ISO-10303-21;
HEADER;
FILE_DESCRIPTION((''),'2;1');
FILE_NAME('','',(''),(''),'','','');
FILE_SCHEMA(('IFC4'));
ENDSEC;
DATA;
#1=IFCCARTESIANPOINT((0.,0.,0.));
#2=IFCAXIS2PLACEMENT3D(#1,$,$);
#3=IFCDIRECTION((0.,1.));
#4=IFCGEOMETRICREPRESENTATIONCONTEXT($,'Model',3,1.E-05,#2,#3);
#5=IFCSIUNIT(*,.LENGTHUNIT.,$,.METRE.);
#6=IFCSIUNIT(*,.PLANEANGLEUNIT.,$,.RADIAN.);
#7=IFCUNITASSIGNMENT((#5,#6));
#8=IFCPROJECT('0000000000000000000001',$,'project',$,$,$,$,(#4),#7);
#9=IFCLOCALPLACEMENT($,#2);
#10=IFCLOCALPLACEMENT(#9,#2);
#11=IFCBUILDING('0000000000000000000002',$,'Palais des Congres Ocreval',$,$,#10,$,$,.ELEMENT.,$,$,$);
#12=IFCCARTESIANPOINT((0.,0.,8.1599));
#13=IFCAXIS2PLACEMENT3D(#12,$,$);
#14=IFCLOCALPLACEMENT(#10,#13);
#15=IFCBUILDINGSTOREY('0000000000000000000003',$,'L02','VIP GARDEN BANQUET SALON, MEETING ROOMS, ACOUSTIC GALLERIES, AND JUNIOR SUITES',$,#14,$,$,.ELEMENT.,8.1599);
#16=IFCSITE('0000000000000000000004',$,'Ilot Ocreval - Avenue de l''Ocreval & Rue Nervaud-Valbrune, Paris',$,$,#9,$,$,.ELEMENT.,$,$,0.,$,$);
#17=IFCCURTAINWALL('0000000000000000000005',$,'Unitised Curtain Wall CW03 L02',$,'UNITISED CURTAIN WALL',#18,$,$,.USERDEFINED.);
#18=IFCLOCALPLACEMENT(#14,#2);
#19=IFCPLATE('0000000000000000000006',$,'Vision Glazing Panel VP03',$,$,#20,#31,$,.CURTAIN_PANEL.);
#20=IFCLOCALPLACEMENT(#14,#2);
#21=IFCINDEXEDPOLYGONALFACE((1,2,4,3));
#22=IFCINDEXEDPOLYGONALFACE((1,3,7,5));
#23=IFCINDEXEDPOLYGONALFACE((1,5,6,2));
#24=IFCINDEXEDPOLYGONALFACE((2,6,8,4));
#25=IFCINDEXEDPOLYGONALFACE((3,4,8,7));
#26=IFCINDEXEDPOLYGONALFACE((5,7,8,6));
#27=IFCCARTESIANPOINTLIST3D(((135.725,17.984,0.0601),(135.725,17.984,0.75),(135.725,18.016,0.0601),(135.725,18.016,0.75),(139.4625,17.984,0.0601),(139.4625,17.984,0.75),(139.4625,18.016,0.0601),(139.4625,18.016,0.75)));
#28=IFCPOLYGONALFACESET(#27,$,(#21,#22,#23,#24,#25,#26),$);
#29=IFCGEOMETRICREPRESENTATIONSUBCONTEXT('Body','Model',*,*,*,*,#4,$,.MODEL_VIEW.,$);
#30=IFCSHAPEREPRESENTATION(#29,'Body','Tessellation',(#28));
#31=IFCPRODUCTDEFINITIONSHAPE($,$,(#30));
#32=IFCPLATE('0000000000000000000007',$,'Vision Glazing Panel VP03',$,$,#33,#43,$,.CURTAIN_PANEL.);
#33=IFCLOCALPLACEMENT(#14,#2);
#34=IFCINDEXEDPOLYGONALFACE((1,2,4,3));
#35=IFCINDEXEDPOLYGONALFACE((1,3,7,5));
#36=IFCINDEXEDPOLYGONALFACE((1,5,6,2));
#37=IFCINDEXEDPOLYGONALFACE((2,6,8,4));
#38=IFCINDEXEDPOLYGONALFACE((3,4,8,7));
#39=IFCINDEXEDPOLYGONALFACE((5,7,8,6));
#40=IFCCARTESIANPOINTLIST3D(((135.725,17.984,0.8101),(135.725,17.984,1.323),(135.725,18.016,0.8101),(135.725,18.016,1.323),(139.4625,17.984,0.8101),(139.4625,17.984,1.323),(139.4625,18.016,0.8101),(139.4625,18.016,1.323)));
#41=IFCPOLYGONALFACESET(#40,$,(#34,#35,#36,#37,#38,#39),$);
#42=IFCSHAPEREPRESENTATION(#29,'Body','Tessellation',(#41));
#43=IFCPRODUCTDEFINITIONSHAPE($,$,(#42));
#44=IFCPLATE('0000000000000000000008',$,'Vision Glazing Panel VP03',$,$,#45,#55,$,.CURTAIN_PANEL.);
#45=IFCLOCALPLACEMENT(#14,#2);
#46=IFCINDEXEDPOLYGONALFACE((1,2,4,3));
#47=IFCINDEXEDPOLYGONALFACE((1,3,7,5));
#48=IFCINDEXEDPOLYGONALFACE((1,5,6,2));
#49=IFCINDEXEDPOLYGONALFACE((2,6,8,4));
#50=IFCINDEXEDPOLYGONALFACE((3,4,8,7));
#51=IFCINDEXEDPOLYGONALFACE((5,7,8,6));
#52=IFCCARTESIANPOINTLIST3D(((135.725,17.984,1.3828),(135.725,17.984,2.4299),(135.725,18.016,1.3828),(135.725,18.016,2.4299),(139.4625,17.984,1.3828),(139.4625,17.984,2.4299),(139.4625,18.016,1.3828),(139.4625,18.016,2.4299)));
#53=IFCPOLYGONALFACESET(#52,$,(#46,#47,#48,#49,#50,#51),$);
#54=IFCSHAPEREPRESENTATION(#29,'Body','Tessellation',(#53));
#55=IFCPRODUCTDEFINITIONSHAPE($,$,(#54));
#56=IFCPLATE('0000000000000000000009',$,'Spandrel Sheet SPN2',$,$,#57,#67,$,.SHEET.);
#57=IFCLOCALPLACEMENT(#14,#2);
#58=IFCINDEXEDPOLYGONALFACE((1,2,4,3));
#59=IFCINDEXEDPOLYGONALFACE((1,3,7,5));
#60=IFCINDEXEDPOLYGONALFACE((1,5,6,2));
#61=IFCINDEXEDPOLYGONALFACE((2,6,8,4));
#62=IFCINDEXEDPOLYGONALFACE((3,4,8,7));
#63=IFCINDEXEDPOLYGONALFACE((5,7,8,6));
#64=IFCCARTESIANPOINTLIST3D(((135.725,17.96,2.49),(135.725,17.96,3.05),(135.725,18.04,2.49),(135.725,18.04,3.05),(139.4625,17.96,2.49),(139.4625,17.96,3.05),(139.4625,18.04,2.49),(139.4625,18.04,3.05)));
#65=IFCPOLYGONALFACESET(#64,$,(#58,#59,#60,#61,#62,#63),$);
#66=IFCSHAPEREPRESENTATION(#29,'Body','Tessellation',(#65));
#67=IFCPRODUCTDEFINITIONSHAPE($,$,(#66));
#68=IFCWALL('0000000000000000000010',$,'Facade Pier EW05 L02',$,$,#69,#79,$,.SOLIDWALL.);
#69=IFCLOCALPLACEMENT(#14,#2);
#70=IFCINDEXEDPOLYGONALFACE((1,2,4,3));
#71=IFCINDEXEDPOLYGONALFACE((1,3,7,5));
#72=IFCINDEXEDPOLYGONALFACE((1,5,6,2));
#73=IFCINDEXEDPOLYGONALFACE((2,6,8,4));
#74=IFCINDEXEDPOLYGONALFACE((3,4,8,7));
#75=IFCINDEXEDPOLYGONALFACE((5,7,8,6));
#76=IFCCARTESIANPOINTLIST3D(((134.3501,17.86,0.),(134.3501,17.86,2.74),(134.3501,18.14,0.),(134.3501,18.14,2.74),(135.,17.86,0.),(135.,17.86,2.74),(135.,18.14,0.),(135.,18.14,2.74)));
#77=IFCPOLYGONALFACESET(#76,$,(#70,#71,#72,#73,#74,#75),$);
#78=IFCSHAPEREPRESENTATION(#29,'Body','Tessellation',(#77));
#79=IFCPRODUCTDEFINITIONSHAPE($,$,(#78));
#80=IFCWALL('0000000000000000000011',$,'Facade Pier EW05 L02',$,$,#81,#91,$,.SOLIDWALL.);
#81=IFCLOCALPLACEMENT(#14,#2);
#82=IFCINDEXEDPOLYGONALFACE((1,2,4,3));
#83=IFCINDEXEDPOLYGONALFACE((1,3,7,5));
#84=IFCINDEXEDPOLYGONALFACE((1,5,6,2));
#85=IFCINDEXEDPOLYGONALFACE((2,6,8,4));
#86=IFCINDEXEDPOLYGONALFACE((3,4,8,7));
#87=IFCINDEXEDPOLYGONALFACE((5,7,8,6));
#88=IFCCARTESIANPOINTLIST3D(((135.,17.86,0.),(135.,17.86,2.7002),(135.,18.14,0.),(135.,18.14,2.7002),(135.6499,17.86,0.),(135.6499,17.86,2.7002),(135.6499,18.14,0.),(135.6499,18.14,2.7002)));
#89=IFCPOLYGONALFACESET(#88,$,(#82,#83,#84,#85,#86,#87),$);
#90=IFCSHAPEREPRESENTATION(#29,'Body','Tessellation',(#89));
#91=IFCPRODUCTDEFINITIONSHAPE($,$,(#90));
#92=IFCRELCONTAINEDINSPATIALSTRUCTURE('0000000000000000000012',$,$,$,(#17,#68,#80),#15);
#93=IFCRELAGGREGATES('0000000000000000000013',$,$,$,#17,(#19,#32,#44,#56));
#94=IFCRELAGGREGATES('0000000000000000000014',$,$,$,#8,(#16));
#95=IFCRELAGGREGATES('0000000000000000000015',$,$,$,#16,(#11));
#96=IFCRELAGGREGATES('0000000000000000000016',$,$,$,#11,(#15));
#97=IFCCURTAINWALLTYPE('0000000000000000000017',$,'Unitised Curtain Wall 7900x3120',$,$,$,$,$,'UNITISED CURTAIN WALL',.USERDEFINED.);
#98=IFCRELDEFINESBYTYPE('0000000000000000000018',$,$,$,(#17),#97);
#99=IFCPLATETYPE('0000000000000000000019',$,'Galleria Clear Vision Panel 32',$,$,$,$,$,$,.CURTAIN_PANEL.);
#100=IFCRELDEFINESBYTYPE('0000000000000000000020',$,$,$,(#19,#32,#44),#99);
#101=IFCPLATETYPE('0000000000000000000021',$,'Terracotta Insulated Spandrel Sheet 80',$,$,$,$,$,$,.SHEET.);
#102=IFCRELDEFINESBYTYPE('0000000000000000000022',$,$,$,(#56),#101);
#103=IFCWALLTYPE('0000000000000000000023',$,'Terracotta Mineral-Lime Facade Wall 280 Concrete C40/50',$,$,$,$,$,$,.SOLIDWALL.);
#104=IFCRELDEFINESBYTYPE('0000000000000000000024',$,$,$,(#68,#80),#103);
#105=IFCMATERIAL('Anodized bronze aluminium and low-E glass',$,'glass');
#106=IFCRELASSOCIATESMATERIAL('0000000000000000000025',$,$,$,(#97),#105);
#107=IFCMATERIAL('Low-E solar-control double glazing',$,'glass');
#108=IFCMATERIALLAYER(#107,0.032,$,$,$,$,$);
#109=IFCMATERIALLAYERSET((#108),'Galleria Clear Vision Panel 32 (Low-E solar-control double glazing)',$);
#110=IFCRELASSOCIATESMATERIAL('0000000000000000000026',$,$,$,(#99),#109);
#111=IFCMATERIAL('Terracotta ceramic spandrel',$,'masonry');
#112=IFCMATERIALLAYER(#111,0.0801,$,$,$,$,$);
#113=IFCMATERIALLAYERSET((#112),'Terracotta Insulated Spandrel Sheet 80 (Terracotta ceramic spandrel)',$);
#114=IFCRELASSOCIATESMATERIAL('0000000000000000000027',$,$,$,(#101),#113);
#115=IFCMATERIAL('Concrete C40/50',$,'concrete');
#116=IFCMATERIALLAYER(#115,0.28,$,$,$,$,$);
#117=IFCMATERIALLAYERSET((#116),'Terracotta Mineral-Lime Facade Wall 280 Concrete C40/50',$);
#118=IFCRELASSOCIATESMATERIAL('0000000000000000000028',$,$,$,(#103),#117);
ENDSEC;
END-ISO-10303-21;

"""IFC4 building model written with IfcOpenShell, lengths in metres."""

from ifc_helpers import new_model, si_unit, direction, frame, frame_2d, origin, origin_2d, place, context, subcontext, project, spatial, rectangle, extrude, material, layer, layer_set, type_object, element, aggregate, save


model = new_model("IFC4")

# Units and contexts
model_context = context("Model", 3, precision=1e-05, world=origin(), true_north=direction((0.0, 1.0)))
body_context = subcontext(model_context, "Body", "Model", "MODEL_VIEW")
ifc_project = project(units=[si_unit("LENGTHUNIT", "METRE"), si_unit("PLANEANGLEUNIT", "RADIAN")], contexts=[model_context])

# Site, building, storey
site_placement = place(None, origin())
site = spatial("IfcSite", under=ifc_project, at=site_placement, Name="Ilot Ocreval - Avenue de l'Ocreval & Rue Nervaud-Valbrune, Paris", CompositionType="ELEMENT", RefElevation=0.0)
building_placement = place(site_placement, origin())
building = spatial("IfcBuilding", under=site, at=building_placement, Name="Palais des Congres Ocreval", CompositionType="ELEMENT")
storey_placement = place(building_placement, frame((0.0, 0.0, 8.1599)))
storey = spatial("IfcBuildingStorey", under=building, at=storey_placement, Name="L02", Description="VIP GARDEN BANQUET SALON, MEETING ROOMS, ACOUSTIC GALLERIES, AND JUNIOR SUITES", CompositionType="ELEMENT", Elevation=8.1599)

# Curtain wall
ifc_material_1 = material(Name="Anodized bronze aluminium and low-E glass", Category="glass")
curtain_wall_type = type_object("IfcCurtainWallType", Name="Unitised Curtain Wall 7900x3120", ElementType="UNITISED CURTAIN WALL", PredefinedType="USERDEFINED", material=ifc_material_1)
curtain_wall_1_placement = place(storey_placement, origin())
curtain_wall_1 = element("IfcCurtainWall", 1, at=curtain_wall_1_placement, inside=storey, type_object=curtain_wall_type, Name="Unitised Curtain Wall CW03 L02", ObjectType="UNITISED CURTAIN WALL", PredefinedType="USERDEFINED")

# Plates
ifc_material_2 = material(Name="Low-E solar-control double glazing", Category="glass")
ifc_layer_1 = layer(ifc_material_2, 0.032)
ifc_layer_set_1 = layer_set([ifc_layer_1], Name="Galleria Clear Vision Panel 32 (Low-E solar-control double glazing)")
plate_type_1 = type_object("IfcPlateType", Name="Galleria Clear Vision Panel 32", PredefinedType="CURTAIN_PANEL", material=ifc_layer_set_1)
plate_1_placement = place(storey_placement, frame((137.5938, 18.0, 0.0601), z_axis=(0.0, 0.0, 1.0), x_axis=(1.0, 0.0, 0.0)))
plate_1 = element("IfcPlate", 2, at=plate_1_placement, type_object=plate_type_1, Name="Vision Glazing Panel VP03", PredefinedType="CURTAIN_PANEL", context=body_context, shape_type="SweptSolid", body=[
    extrude(rectangle(XDim=3.7375, YDim=0.032, at=origin_2d()), origin(), (0.0, 0.0, 1.0), 0.6899),
])
plate_2_placement = place(storey_placement, frame((137.5938, 18.0, 0.8101), z_axis=(0.0, 0.0, 1.0), x_axis=(1.0, 0.0, 0.0)))
plate_2 = element("IfcPlate", 3, at=plate_2_placement, type_object=plate_type_1, Name="Vision Glazing Panel VP03", PredefinedType="CURTAIN_PANEL", context=body_context, shape_type="SweptSolid", body=[
    extrude(rectangle(XDim=3.7375, YDim=0.032, at=origin_2d()), origin(), (0.0, 0.0, 1.0), 0.5129),
])
plate_3_placement = place(storey_placement, frame((137.5938, 18.0, 1.3828), z_axis=(0.0, 0.0, 1.0), x_axis=(1.0, 0.0, 0.0)))
plate_3 = element("IfcPlate", 4, at=plate_3_placement, type_object=plate_type_1, Name="Vision Glazing Panel VP03", PredefinedType="CURTAIN_PANEL", context=body_context, shape_type="SweptSolid", body=[
    extrude(rectangle(XDim=3.7375, YDim=0.032, at=origin_2d()), origin(), (0.0, 0.0, 1.0), 1.0471),
])
ifc_material_3 = material(Name="Terracotta ceramic spandrel", Category="masonry")
ifc_layer_2 = layer(ifc_material_3, 0.0801)
ifc_layer_set_2 = layer_set([ifc_layer_2], Name="Terracotta Insulated Spandrel Sheet 80 (Terracotta ceramic spandrel)")
plate_type_2 = type_object("IfcPlateType", Name="Terracotta Insulated Spandrel Sheet 80", PredefinedType="SHEET", material=ifc_layer_set_2)
plate_4_placement = place(storey_placement, frame((137.5938, 18.0, 2.49), z_axis=(0.0, 0.0, 1.0), x_axis=(1.0, 0.0, 0.0)))
plate_4 = element("IfcPlate", 5, at=plate_4_placement, type_object=plate_type_2, Name="Spandrel Sheet SPN2", PredefinedType="SHEET", context=body_context, shape_type="SweptSolid", body=[
    extrude(rectangle(XDim=3.7375, YDim=0.0801, at=origin_2d()), origin(), (0.0, 0.0, 1.0), 0.5601),
])
aggregate(curtain_wall_1, [plate_1, plate_2, plate_3, plate_4])

# Walls
ifc_material_4 = material(Name="Concrete C40/50", Category="concrete")
ifc_layer_3 = layer(ifc_material_4, 0.28)
ifc_layer_set_3 = layer_set([ifc_layer_3], Name="Terracotta Mineral-Lime Facade Wall 280 Concrete C40/50")
wall_type = type_object("IfcWallType", Name="Terracotta Mineral-Lime Facade Wall 280 Concrete C40/50", PredefinedType="SOLIDWALL", material=ifc_layer_set_3)
wall_1_placement = place(storey_placement, frame((134.3501, 18.0, 0.0), z_axis=(0.0, 0.0, 1.0), x_axis=(1.0, 0.0, 0.0)))
element("IfcWall", 6, at=wall_1_placement, inside=storey, type_object=wall_type, Name="Facade Pier EW05 L02", PredefinedType="SOLIDWALL", context=body_context, shape_type="SweptSolid", body=[
    extrude(rectangle(XDim=0.6499, YDim=0.28, at=frame_2d((0.325, 0.0))), origin(), (0.0, 0.0, 1.0), 2.74),
])
wall_2_placement = place(storey_placement, frame((135.0, 18.0, 0.0), z_axis=(0.0, 0.0, 1.0), x_axis=(1.0, 0.0, 0.0)))
element("IfcWall", 7, at=wall_2_placement, inside=storey, type_object=wall_type, Name="Facade Pier EW05 L02", PredefinedType="SOLIDWALL", context=body_context, shape_type="SweptSolid", body=[
    extrude(rectangle(XDim=0.6499, YDim=0.28, at=frame_2d((0.325, 0.0))), origin(), (0.0, 0.0, 1.0), 2.7002),
])

save(model, "model.ifc")
